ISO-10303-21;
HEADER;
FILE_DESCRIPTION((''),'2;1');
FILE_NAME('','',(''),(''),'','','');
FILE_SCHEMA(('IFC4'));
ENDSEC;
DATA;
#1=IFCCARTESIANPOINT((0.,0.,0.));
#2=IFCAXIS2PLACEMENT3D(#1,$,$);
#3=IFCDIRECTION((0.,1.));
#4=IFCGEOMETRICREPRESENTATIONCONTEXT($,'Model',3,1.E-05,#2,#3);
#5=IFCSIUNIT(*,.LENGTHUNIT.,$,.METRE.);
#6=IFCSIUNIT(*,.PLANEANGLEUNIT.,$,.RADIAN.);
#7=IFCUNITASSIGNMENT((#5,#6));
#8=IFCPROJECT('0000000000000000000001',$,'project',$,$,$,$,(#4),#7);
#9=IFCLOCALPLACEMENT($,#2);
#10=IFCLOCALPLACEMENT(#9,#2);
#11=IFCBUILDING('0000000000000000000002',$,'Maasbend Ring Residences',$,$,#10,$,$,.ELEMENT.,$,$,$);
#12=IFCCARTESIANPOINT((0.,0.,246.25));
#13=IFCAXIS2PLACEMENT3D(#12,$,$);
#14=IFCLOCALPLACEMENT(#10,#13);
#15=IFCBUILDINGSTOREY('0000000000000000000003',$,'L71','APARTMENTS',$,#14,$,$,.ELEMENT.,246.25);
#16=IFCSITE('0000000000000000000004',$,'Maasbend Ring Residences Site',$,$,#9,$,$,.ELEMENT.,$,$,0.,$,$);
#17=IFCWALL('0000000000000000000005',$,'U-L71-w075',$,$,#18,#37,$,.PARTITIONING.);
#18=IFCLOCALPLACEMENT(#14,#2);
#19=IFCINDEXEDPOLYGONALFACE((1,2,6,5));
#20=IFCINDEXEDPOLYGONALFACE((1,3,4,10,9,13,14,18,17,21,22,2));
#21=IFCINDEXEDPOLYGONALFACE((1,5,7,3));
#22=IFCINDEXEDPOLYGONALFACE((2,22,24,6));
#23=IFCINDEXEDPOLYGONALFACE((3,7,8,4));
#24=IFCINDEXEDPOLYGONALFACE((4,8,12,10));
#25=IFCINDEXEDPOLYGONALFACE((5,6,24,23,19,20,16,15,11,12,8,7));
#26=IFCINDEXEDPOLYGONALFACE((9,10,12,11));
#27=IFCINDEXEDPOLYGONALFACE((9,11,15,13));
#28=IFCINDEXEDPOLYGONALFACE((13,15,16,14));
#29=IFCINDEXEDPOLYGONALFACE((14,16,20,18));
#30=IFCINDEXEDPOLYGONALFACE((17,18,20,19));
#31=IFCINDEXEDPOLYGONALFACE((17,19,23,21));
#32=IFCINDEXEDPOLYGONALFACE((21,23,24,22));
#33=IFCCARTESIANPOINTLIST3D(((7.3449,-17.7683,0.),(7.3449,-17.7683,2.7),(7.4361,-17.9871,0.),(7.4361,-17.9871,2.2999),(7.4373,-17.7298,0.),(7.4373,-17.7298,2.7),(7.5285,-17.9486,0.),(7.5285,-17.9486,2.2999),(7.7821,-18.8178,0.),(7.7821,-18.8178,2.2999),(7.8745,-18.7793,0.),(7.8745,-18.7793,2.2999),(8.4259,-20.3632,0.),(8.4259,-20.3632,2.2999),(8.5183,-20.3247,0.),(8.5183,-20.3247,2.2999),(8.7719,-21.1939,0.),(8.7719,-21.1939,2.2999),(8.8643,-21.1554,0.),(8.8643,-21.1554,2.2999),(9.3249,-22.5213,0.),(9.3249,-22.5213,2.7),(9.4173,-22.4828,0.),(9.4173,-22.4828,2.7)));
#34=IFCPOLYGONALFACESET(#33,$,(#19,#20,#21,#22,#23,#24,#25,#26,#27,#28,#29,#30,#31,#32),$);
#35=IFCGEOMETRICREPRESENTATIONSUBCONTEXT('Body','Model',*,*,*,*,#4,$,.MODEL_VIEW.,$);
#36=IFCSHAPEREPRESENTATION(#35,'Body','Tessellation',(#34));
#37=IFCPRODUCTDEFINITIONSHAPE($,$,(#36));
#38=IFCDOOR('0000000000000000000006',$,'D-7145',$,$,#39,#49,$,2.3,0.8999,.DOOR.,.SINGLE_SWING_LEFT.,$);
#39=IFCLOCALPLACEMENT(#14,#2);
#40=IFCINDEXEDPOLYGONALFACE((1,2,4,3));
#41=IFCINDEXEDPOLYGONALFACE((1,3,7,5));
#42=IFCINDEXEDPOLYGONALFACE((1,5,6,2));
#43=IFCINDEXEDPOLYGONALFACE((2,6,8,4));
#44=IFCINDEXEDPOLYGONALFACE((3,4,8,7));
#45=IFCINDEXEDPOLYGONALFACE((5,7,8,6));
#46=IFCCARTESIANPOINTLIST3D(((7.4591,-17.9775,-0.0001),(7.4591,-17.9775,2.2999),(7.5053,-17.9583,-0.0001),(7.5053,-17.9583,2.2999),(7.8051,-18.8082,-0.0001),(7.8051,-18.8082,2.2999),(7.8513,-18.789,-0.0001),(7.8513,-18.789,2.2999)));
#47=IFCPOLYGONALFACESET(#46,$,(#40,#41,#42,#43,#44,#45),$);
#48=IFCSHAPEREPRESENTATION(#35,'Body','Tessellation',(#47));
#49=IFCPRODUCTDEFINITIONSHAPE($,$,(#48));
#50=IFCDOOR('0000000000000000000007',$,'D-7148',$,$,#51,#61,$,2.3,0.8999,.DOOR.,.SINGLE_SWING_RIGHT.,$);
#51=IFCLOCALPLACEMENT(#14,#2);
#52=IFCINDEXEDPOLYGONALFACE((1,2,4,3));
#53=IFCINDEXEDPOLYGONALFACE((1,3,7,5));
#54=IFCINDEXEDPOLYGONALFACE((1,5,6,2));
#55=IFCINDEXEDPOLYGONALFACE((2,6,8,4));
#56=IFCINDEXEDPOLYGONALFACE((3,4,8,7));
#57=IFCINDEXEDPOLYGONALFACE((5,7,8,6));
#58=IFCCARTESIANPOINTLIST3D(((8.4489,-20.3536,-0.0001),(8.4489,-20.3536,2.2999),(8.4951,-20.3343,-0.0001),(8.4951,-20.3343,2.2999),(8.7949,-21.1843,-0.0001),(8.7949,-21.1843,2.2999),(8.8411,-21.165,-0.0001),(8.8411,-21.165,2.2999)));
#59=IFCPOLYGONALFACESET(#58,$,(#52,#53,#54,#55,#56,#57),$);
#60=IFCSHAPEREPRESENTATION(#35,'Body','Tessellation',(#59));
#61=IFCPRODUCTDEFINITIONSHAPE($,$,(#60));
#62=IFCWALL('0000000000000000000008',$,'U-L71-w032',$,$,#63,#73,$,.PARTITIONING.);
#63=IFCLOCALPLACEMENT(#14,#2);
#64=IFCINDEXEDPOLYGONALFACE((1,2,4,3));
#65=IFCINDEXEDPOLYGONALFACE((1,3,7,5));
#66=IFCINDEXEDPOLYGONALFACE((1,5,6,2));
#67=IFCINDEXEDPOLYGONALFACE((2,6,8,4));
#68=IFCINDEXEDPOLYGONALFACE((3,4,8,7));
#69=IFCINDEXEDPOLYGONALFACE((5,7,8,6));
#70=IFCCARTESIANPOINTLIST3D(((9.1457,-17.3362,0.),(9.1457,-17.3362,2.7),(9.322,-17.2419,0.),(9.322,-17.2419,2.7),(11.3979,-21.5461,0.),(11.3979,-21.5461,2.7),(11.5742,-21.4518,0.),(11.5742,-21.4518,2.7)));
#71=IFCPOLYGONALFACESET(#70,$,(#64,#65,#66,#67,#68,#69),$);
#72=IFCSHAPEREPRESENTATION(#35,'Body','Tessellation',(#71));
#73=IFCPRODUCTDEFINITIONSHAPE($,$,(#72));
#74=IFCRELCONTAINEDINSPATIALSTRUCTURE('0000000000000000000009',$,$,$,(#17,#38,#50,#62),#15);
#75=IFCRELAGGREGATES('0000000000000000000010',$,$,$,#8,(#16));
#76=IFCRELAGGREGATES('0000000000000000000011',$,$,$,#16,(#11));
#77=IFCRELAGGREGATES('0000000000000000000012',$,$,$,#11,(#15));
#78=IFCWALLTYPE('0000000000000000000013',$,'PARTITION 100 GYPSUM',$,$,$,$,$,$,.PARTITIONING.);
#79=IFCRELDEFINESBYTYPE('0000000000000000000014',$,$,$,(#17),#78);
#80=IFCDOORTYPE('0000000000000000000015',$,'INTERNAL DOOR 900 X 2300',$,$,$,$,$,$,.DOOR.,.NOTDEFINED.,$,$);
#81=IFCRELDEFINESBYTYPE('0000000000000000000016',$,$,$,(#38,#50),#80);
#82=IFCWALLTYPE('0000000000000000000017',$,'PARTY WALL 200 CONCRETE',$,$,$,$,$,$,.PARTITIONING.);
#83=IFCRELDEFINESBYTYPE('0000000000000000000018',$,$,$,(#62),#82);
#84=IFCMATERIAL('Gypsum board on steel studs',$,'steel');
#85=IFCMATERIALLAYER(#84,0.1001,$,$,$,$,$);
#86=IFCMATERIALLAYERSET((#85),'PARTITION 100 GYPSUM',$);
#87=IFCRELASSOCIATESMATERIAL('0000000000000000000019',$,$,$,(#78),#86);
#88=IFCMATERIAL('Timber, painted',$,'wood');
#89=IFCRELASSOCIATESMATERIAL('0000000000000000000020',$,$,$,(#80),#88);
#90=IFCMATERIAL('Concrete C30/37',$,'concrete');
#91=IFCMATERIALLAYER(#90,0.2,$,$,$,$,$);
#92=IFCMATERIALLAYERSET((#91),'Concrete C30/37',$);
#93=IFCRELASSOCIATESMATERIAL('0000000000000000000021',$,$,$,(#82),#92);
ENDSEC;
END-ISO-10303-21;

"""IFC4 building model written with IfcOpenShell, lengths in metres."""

from ifc_helpers import new_model, si_unit, direction, frame, frame_2d, origin, place, context, subcontext, project, spatial, rectangle, extrude, material, layer, layer_set, type_object, element, fill, save


model = new_model("IFC4")

# Units and contexts
model_context = context("Model", 3, precision=1e-05, world=origin(), true_north=direction((0.0, 1.0)))
body_context = subcontext(model_context, "Body", "Model", "MODEL_VIEW")
ifc_project = project(units=[si_unit("LENGTHUNIT", "METRE"), si_unit("PLANEANGLEUNIT", "RADIAN")], contexts=[model_context])

# Site, building, storey
site_placement = place(None, origin())
site = spatial("IfcSite", under=ifc_project, at=site_placement, Name="Maasbend Ring Residences Site", CompositionType="ELEMENT", RefElevation=0.0)
building_placement = place(site_placement, origin())
building = spatial("IfcBuilding", under=site, at=building_placement, Name="Maasbend Ring Residences", CompositionType="ELEMENT")
storey_placement = place(building_placement, frame((0.0, 0.0, 246.25)))
storey = spatial("IfcBuildingStorey", under=building, at=storey_placement, Name="L71", Description="APARTMENTS", CompositionType="ELEMENT", Elevation=246.25)

# Shared definitions
ifc_material_1 = material(Name="Gypsum board on steel studs", Category="steel")
ifc_layer_1 = layer(ifc_material_1, 0.1001)
ifc_layer_set_1 = layer_set([ifc_layer_1], Name="PARTITION 100 GYPSUM")
wall_type_1 = type_object("IfcWallType", Name="PARTITION 100 GYPSUM", PredefinedType="PARTITIONING", material=ifc_layer_set_1)
ifc_material_2 = material(Name="Timber, painted", Category="wood")
door_type_1 = type_object("IfcDoorType", Name="INTERNAL DOOR 900 X 2300", OperationType="NOTDEFINED", PredefinedType="DOOR", material=ifc_material_2)

# Wall, openings, doors
wall_1_placement = place(storey_placement, frame((7.3911, -17.749, 0.0), z_axis=(0.0, 0.0, 1.0), x_axis=(0.384548, -0.923105, 0.0)))
wall_1 = element("IfcWall", 1, at=wall_1_placement, inside=storey, type_object=wall_type_1, Name="U-L71-w075", PredefinedType="PARTITIONING", context=body_context, shape_type="SweptSolid", body=[
    extrude(rectangle(XDim=5.1489, YDim=0.1001, at=frame_2d((2.5745, 0.0))), origin(), (0.0, 0.0, 1.0), 2.7),
])
opening_1_placement = place(wall_1_placement, frame((0.2371, 0.0, 0.0)))
opening_1 = element("IfcOpeningElement", 2, at=opening_1_placement, cuts=wall_1, PredefinedType="OPENING", context=body_context, shape_type="SweptSolid", body=[
    extrude(rectangle(XDim=0.8999, YDim=2.3, at=frame_2d((0.45, 1.1499))), frame((0.0, 0.0601, 0.0), z_axis=(0.0, -1.0, 0.0), x_axis=(1.0, 0.0, 0.0)), (0.0, 0.0, 1.0), 0.1201),
])
opening_2_placement = place(wall_1_placement, frame((2.811, 0.0, 0.0)))
opening_2 = element("IfcOpeningElement", 3, at=opening_2_placement, cuts=wall_1, PredefinedType="OPENING", context=body_context, shape_type="SweptSolid", body=[
    extrude(rectangle(XDim=0.8999, YDim=2.3, at=frame_2d((0.45, 1.1499))), frame((0.0, 0.0601, 0.0), z_axis=(0.0, -1.0, 0.0), x_axis=(1.0, 0.0, 0.0)), (0.0, 0.0, 1.0), 0.1201),
])
door_1_placement = place(opening_1_placement, origin())
door_1 = element("IfcDoor", 4, at=door_1_placement, inside=storey, type_object=door_type_1, Name="D-7145", OperationType="SINGLE_SWING_LEFT", OverallHeight=2.3, OverallWidth=0.8999, PredefinedType="DOOR", context=body_context, shape_type="SweptSolid", body=[
    extrude(rectangle(XDim=0.8999, YDim=2.3, at=frame_2d((0.45, 1.1499))), frame((0.0, 0.0249, 0.0), z_axis=(0.0, -1.0, 0.0), x_axis=(1.0, 0.0, 0.0)), (0.0, 0.0, 1.0), 0.05),
])
fill(opening_1, door_1)
door_2_placement = place(opening_2_placement, origin())
door_2 = element("IfcDoor", 5, at=door_2_placement, inside=storey, type_object=door_type_1, Name="D-7148", OperationType="SINGLE_SWING_RIGHT", OverallHeight=2.3, OverallWidth=0.8999, PredefinedType="DOOR", context=body_context, shape_type="SweptSolid", body=[
    extrude(rectangle(XDim=0.8999, YDim=2.3, at=frame_2d((0.45, 1.1499))), frame((0.0, 0.0249, 0.0), z_axis=(0.0, -1.0, 0.0), x_axis=(1.0, 0.0, 0.0)), (0.0, 0.0, 1.0), 0.05),
])
fill(opening_2, door_2)

# Wall
ifc_material_3 = material(Name="Concrete C30/37", Category="concrete")
ifc_layer_2 = layer(ifc_material_3, 0.2)
ifc_layer_set_2 = layer_set([ifc_layer_2], Name="Concrete C30/37")
wall_type_2 = type_object("IfcWallType", Name="PARTY WALL 200 CONCRETE", PredefinedType="PARTITIONING", material=ifc_layer_set_2)
wall_2_placement = place(storey_placement, frame((9.2339, -17.2891, 0.0), z_axis=(0.0, 0.0, 1.0), x_axis=(0.471711, -0.881753, 0.0)))
element("IfcWall", 6, at=wall_2_placement, inside=storey, type_object=wall_type_2, Name="U-L71-w032", PredefinedType="PARTITIONING", context=body_context, shape_type="SweptSolid", body=[
    extrude(rectangle(XDim=4.7744, YDim=0.2, at=frame_2d((2.3872, 0.0))), origin(), (0.0, 0.0, 1.0), 2.7),
])

save(model, "model.ifc")
